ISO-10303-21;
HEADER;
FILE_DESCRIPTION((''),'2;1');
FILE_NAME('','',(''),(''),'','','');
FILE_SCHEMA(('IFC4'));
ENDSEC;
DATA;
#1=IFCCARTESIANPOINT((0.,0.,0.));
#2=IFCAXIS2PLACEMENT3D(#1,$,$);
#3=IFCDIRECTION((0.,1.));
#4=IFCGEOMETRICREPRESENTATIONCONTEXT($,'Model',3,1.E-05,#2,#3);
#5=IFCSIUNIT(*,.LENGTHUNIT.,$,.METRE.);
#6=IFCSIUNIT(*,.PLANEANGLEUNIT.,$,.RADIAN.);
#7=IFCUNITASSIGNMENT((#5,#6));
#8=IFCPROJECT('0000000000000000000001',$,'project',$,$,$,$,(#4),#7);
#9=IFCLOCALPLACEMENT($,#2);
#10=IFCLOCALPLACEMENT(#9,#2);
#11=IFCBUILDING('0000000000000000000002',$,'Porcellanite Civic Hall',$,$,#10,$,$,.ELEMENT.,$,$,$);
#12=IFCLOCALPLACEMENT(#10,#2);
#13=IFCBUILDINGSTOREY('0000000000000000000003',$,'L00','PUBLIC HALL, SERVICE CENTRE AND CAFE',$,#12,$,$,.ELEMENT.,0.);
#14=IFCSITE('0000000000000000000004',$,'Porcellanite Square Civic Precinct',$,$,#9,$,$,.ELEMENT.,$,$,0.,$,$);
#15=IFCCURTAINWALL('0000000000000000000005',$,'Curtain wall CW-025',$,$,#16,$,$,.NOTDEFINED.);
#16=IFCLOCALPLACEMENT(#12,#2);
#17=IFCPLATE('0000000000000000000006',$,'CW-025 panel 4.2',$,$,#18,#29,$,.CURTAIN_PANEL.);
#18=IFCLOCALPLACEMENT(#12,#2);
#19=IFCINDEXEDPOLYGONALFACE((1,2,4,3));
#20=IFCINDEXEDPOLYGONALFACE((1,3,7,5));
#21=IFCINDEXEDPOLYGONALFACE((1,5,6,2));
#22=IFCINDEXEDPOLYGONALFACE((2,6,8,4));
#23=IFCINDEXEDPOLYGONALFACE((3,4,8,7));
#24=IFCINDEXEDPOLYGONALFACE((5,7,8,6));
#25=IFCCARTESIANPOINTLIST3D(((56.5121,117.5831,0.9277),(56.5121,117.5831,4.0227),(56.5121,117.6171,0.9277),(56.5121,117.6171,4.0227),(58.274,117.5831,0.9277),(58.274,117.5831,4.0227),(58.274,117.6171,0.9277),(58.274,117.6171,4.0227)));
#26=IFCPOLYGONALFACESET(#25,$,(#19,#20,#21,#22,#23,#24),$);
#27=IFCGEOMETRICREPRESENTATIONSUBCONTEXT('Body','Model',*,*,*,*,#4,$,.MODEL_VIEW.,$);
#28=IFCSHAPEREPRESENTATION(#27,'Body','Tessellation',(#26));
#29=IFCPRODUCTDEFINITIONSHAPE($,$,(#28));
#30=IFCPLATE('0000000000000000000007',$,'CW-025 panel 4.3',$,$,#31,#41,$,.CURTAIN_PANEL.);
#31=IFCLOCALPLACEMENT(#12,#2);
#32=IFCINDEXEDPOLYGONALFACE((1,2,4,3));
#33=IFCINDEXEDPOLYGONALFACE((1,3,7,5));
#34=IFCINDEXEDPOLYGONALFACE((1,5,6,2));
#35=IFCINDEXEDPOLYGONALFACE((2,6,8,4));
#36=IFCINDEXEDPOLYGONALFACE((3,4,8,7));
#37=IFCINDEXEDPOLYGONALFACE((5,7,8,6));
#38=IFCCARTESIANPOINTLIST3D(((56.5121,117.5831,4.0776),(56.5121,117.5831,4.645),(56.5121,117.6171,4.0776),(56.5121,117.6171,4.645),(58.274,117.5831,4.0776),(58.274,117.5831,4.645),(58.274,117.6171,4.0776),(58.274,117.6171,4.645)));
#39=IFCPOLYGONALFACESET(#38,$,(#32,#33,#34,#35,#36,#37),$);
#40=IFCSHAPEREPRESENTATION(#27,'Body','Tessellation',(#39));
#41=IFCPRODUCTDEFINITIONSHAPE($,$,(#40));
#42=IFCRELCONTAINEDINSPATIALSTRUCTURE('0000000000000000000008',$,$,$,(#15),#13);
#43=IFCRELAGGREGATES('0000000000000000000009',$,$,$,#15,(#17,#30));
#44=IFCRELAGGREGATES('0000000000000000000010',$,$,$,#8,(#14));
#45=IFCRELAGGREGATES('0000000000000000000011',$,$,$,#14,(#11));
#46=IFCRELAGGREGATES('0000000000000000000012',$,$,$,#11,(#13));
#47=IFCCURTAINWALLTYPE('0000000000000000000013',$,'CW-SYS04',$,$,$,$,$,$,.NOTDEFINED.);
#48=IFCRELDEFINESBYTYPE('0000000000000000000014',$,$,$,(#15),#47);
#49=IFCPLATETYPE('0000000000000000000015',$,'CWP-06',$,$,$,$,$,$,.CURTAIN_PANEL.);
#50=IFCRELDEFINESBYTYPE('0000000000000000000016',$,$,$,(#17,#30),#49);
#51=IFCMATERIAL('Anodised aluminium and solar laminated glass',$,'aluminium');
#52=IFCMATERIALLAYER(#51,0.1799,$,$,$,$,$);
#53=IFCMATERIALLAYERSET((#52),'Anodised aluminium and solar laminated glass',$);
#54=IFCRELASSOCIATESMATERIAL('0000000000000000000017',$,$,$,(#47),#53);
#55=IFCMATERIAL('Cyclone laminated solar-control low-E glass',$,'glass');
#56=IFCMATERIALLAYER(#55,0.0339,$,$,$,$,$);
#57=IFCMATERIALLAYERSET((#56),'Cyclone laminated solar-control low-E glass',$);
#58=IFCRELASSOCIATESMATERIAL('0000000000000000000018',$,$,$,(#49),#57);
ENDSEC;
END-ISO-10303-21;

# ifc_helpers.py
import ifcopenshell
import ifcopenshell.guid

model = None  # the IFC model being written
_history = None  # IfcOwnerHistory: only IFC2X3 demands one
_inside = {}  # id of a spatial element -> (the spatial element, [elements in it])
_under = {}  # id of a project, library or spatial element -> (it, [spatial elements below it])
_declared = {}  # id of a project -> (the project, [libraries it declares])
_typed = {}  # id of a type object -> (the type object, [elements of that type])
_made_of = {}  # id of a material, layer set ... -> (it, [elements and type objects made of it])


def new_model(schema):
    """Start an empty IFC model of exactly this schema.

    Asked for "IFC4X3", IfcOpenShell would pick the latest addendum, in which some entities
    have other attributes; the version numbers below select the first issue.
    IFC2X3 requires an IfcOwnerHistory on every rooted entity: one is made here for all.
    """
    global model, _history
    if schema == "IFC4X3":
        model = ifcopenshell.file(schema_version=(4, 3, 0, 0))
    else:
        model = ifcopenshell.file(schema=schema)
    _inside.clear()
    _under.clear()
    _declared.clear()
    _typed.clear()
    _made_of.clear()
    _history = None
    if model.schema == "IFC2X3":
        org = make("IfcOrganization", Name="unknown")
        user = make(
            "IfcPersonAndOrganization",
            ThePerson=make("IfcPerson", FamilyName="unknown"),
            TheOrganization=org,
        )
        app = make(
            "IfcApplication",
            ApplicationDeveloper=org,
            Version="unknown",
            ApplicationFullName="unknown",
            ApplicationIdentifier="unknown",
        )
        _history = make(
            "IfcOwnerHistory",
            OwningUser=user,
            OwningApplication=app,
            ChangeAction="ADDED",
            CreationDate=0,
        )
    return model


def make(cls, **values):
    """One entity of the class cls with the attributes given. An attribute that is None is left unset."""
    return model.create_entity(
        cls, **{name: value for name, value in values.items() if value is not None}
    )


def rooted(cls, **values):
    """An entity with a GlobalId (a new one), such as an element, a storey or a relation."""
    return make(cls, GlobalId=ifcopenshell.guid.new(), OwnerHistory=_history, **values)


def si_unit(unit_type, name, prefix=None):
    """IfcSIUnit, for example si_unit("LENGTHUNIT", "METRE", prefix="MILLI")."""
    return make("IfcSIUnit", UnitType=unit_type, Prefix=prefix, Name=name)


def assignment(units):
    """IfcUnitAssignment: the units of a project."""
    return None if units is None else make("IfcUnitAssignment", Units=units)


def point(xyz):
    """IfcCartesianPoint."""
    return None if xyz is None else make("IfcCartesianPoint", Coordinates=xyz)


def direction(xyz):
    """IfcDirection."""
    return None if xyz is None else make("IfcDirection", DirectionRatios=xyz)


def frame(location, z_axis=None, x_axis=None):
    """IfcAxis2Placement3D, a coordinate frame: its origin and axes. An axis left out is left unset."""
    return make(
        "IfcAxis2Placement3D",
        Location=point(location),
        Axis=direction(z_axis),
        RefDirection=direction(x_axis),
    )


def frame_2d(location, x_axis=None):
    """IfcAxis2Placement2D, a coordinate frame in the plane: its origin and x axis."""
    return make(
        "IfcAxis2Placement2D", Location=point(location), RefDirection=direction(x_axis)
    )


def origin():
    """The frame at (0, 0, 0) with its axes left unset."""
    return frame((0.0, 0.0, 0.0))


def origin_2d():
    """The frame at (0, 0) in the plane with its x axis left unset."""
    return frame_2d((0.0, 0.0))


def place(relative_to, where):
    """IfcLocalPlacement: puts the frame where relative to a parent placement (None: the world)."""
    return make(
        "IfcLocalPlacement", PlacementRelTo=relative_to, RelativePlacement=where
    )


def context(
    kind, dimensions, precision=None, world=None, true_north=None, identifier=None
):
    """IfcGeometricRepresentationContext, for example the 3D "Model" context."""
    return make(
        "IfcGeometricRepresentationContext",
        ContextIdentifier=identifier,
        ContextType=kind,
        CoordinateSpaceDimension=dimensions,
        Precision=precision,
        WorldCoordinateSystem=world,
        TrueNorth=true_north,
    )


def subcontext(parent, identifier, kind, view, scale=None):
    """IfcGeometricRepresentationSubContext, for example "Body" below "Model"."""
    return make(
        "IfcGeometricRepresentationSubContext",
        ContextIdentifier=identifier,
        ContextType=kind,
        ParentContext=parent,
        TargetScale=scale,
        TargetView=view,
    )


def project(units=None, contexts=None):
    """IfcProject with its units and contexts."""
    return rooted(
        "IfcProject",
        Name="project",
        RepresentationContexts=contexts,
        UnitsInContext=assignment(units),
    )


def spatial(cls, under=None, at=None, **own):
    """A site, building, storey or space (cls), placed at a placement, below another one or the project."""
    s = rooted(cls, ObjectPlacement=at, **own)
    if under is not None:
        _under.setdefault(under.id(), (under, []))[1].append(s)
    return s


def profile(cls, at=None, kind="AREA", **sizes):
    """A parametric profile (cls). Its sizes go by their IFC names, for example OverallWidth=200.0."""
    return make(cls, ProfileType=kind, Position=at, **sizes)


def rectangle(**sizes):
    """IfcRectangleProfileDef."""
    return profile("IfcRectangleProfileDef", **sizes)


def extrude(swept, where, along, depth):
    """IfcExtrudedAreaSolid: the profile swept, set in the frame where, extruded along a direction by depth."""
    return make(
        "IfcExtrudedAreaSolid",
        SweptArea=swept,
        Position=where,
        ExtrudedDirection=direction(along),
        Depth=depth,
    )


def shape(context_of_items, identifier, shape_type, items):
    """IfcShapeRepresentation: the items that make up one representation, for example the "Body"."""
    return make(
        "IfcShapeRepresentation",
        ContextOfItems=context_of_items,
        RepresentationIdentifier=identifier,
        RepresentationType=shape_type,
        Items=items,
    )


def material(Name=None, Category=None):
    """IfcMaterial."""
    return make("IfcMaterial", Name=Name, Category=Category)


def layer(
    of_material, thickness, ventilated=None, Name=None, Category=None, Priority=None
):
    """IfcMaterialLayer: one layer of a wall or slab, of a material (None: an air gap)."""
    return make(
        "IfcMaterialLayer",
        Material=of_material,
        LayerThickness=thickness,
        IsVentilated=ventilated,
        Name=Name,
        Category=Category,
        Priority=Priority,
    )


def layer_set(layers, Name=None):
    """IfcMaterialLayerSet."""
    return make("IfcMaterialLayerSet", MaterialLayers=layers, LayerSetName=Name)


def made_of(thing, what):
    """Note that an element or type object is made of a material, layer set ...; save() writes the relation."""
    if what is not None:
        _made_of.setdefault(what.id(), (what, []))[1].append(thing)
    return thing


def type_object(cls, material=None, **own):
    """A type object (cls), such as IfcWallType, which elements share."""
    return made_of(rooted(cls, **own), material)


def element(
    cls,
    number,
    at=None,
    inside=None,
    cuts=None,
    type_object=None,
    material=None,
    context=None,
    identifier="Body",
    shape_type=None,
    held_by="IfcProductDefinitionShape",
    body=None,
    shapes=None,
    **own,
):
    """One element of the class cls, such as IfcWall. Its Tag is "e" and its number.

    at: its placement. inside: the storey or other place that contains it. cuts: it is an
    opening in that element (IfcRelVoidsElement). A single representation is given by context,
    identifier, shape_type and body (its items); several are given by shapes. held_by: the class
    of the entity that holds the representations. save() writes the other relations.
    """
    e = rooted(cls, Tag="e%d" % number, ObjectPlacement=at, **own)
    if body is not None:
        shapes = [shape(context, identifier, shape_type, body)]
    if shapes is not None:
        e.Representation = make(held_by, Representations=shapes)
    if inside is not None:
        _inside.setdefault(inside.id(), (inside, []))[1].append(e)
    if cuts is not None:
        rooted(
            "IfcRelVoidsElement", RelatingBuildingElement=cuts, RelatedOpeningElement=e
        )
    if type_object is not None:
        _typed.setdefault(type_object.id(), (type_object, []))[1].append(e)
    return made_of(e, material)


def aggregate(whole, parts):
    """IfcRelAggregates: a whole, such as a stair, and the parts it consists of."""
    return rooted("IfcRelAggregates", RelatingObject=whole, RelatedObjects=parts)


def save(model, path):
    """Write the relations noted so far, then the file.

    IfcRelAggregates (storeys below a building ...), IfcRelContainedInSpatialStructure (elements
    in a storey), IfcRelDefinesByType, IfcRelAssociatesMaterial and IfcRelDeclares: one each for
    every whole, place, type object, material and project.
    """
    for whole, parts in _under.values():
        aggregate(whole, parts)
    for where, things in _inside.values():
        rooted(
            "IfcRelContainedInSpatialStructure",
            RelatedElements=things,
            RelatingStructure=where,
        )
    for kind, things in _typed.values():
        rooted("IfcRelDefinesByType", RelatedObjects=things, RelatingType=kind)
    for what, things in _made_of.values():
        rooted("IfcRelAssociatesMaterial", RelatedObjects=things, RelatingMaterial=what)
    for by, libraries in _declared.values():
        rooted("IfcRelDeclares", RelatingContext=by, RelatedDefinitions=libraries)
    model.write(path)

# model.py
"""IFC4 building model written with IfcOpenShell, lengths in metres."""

from ifc_helpers import new_model, si_unit, direction, frame, origin, origin_2d, place, context, subcontext, project, spatial, rectangle, extrude, material, layer, layer_set, type_object, element, aggregate, save


model = new_model("IFC4")

# Units and contexts
model_context = context("Model", 3, precision=1e-05, world=origin(), true_north=direction((0.0, 1.0)))
body_context = subcontext(model_context, "Body", "Model", "MODEL_VIEW")
ifc_project = project(units=[si_unit("LENGTHUNIT", "METRE"), si_unit("PLANEANGLEUNIT", "RADIAN")], contexts=[model_context])

# Site, building, storey
site_placement = place(None, origin())
site = spatial("IfcSite", under=ifc_project, at=site_placement, Name="Porcellanite Square Civic Precinct", CompositionType="ELEMENT", RefElevation=0.0)
building_placement = place(site_placement, origin())
building = spatial("IfcBuilding", under=site, at=building_placement, Name="Porcellanite Civic Hall", CompositionType="ELEMENT")
storey_placement = place(building_placement, origin())
storey = spatial("IfcBuildingStorey", under=building, at=storey_placement, Name="L00", Description="PUBLIC HALL, SERVICE CENTRE AND CAFE", CompositionType="ELEMENT", Elevation=0.0)

# Curtain wall
ifc_material_1 = material(Name="Anodised aluminium and solar laminated glass", Category="aluminium")
ifc_layer_1 = layer(ifc_material_1, 0.1799)
ifc_layer_set_1 = layer_set([ifc_layer_1], Name="Anodised aluminium and solar laminated glass")
curtain_wall_type = type_object("IfcCurtainWallType", Name="CW-SYS04", PredefinedType="NOTDEFINED", material=ifc_layer_set_1)
curtain_wall_placement = place(storey_placement, origin())
curtain_wall = element("IfcCurtainWall", 1, at=curtain_wall_placement, inside=storey, type_object=curtain_wall_type, Name="Curtain wall CW-025", PredefinedType="NOTDEFINED")

# Plates
ifc_material_2 = material(Name="Cyclone laminated solar-control low-E glass", Category="glass")
ifc_layer_2 = layer(ifc_material_2, 0.0339)
ifc_layer_set_2 = layer_set([ifc_layer_2], Name="Cyclone laminated solar-control low-E glass")
plate_type = type_object("IfcPlateType", Name="CWP-06", PredefinedType="CURTAIN_PANEL", material=ifc_layer_set_2)
plate_1_placement = place(storey_placement, frame((57.3931, 117.6001, 0.9277), z_axis=(0.0, 0.0, 1.0), x_axis=(1.0, 0.0, 0.0)))
plate_1 = element("IfcPlate", 2, at=plate_1_placement, type_object=plate_type, Name="CW-025 panel 4.2", PredefinedType="CURTAIN_PANEL", context=body_context, shape_type="SweptSolid", body=[
    extrude(rectangle(XDim=1.762, YDim=0.0339, at=origin_2d()), origin(), (0.0, 0.0, 1.0), 3.095),
])
plate_2_placement = place(storey_placement, frame((57.3931, 117.6001, 4.0776), z_axis=(0.0, 0.0, 1.0), x_axis=(1.0, 0.0, 0.0)))
plate_2 = element("IfcPlate", 3, at=plate_2_placement, type_object=plate_type, Name="CW-025 panel 4.3", PredefinedType="CURTAIN_PANEL", context=body_context, shape_type="SweptSolid", body=[
    extrude(rectangle(XDim=1.762, YDim=0.0339, at=origin_2d()), origin(), (0.0, 0.0, 1.0), 0.5674),
])
aggregate(curtain_wall, [plate_1, plate_2])

save(model, "model.ifc")
